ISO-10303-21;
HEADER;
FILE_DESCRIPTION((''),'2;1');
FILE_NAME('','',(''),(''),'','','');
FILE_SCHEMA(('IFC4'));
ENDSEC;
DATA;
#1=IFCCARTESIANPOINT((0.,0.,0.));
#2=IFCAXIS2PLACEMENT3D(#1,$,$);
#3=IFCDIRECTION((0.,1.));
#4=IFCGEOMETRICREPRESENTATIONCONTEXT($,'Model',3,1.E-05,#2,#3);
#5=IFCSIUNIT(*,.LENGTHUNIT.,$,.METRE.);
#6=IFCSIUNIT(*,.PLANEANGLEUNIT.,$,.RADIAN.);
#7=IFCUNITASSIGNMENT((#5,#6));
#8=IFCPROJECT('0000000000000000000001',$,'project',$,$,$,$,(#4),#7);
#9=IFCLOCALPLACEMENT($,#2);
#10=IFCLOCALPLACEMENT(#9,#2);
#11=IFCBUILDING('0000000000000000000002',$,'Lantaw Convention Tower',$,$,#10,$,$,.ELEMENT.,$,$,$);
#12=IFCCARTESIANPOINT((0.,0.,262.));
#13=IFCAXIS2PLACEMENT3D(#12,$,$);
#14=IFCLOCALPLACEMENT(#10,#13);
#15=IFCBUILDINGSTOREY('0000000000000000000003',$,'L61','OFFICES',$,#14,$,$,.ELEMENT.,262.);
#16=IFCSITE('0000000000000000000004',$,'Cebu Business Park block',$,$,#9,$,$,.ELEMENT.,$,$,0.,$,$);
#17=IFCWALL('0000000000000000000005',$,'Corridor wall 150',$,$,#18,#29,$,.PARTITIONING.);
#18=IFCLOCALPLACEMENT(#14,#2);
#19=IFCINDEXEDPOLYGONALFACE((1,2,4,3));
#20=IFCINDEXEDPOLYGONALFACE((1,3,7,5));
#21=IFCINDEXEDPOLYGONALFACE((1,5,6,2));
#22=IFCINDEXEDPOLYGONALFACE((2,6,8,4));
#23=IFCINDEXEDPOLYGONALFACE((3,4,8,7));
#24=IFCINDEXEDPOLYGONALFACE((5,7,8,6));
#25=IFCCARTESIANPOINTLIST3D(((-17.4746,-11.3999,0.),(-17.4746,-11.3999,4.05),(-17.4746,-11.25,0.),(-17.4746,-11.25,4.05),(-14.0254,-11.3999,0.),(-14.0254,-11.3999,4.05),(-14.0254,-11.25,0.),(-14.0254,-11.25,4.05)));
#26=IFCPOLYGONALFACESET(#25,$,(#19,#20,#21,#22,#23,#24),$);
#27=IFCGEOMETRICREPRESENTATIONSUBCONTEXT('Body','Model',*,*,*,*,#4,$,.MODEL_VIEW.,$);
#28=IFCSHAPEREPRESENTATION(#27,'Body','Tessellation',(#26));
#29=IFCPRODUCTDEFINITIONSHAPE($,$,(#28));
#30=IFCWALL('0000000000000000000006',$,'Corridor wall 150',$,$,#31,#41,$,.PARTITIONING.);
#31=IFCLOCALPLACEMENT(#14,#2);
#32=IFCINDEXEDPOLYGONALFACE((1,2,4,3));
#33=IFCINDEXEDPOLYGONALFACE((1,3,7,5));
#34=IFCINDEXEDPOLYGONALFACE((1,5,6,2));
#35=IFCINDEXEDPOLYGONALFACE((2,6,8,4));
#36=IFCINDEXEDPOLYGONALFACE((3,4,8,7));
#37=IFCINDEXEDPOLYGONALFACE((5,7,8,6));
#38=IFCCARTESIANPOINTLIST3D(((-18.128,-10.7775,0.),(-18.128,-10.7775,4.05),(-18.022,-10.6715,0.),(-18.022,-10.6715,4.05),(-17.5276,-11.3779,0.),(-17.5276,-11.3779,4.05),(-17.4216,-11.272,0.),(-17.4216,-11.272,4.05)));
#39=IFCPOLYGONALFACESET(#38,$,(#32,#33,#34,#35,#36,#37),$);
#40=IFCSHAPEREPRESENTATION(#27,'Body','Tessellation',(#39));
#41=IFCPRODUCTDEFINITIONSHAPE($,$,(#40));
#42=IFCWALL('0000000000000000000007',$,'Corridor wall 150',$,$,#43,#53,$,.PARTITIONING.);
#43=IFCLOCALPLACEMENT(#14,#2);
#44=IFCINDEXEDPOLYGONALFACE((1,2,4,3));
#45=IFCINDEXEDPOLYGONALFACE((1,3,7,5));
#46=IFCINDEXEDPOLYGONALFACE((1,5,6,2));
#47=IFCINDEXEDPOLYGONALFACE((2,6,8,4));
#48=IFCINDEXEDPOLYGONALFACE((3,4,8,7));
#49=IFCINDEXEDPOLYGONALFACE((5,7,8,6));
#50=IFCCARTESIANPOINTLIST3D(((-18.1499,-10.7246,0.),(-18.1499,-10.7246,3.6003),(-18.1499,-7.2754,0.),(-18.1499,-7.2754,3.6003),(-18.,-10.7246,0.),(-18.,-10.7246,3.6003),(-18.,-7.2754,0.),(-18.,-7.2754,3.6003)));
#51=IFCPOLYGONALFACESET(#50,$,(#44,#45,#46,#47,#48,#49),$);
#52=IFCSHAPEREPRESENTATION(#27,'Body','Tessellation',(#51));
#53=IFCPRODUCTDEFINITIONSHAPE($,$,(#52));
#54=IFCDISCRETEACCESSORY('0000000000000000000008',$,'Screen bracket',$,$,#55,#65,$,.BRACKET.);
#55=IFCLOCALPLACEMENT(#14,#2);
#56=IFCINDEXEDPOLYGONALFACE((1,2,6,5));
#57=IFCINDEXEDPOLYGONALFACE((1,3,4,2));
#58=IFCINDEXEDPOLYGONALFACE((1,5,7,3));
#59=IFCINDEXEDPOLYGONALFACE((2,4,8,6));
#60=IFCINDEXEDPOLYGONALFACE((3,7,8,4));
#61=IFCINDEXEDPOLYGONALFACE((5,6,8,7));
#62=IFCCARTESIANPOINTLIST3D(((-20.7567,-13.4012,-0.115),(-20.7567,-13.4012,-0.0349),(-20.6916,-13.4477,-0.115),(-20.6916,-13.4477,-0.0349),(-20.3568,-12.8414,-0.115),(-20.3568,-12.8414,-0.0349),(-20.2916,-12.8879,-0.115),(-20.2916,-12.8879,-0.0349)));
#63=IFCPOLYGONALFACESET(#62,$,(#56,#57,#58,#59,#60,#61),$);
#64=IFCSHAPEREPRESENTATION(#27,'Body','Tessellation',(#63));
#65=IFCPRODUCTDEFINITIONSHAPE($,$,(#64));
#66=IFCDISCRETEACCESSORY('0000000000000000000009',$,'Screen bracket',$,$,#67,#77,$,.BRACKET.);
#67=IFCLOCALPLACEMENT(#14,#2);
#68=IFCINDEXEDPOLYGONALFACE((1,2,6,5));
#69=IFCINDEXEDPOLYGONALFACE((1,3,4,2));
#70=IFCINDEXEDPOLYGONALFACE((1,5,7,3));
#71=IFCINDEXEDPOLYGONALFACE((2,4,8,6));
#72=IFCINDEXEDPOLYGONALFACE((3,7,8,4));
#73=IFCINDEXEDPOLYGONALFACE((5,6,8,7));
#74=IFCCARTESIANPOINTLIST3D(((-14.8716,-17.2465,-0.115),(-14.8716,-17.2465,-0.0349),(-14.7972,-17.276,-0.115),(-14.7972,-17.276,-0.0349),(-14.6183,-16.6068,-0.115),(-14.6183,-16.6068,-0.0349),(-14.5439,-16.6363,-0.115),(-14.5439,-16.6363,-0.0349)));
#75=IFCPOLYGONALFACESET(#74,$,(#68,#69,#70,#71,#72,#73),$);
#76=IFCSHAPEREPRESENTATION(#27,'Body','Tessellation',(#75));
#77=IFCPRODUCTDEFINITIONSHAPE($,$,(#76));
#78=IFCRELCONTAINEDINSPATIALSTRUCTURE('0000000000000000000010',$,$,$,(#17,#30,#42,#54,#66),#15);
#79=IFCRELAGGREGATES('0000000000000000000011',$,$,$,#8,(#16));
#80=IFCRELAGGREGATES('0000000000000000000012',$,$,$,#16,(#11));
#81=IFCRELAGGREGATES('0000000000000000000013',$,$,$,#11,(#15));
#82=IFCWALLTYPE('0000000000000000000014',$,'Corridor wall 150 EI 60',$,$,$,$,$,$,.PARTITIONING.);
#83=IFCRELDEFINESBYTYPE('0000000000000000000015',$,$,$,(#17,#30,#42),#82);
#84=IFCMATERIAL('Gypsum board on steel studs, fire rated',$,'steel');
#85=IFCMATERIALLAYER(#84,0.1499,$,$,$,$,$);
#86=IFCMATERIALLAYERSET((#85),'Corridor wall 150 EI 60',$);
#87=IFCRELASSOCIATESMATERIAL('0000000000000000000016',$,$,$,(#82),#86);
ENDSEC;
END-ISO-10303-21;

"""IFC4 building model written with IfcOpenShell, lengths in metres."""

from ifc_helpers import new_model, si_unit, direction, frame, frame_2d, origin, origin_2d, place, context, subcontext, project, spatial, rectangle, extrude, material, layer, layer_set, type_object, element, save


model = new_model("IFC4")

# Units and contexts
model_context = context("Model", 3, precision=1e-05, world=origin(), true_north=direction((0.0, 1.0)))
body_context = subcontext(model_context, "Body", "Model", "MODEL_VIEW")
ifc_project = project(units=[si_unit("LENGTHUNIT", "METRE"), si_unit("PLANEANGLEUNIT", "RADIAN")], contexts=[model_context])

# Site, building, storey
site_placement = place(None, origin())
site = spatial("IfcSite", under=ifc_project, at=site_placement, Name="Cebu Business Park block", CompositionType="ELEMENT", RefElevation=0.0)
building_placement = place(site_placement, origin())
building = spatial("IfcBuilding", under=site, at=building_placement, Name="Lantaw Convention Tower", CompositionType="ELEMENT")
storey_placement = place(building_placement, frame((0.0, 0.0, 262.0)))
storey = spatial("IfcBuildingStorey", under=building, at=storey_placement, Name="L61", Description="OFFICES", CompositionType="ELEMENT", Elevation=262.0)

# Walls
ifc_material_1 = material(Name="Gypsum board on steel studs, fire rated", Category="steel")
ifc_layer_1 = layer(ifc_material_1, 0.1499)
ifc_layer_set_1 = layer_set([ifc_layer_1], Name="Corridor wall 150 EI 60")
wall_type = type_object("IfcWallType", Name="Corridor wall 150 EI 60", PredefinedType="PARTITIONING", material=ifc_layer_set_1)
wall_1_placement = place(storey_placement, frame((-14.0254, -11.325, 0.0), z_axis=(0.0, 0.0, 1.0), x_axis=(-1.0, 0.0, 0.0)))
element("IfcWall", 1, at=wall_1_placement, inside=storey, type_object=wall_type, Name="Corridor wall 150", PredefinedType="PARTITIONING", context=body_context, shape_type="SweptSolid", body=[
    extrude(rectangle(XDim=3.4492, YDim=0.1499, at=frame_2d((1.7246, 0.0))), origin(), (0.0, 0.0, 1.0), 4.05),
])
wall_2_placement = place(storey_placement, frame((-17.4746, -11.325, 0.0), z_axis=(0.0, 0.0, 1.0), x_axis=(-0.707107, 0.707107, 0.0)))
element("IfcWall", 2, at=wall_2_placement, inside=storey, type_object=wall_type, Name="Corridor wall 150", PredefinedType="PARTITIONING", context=body_context, shape_type="SweptSolid", body=[
    extrude(rectangle(XDim=0.8491, YDim=0.1499, at=frame_2d((0.4246, 0.0))), origin(), (0.0, 0.0, 1.0), 4.05),
])
wall_3_placement = place(storey_placement, frame((-18.075, -10.7246, 0.0), z_axis=(0.0, 0.0, 1.0), x_axis=(0.0, 1.0, 0.0)))
element("IfcWall", 3, at=wall_3_placement, inside=storey, type_object=wall_type, Name="Corridor wall 150", PredefinedType="PARTITIONING", context=body_context, shape_type="SweptSolid", body=[
    extrude(rectangle(XDim=3.4492, YDim=0.1499, at=frame_2d((1.7246, 0.0))), origin(), (0.0, 0.0, 1.0), 3.6003),
])

# Discrete accessories
for number, where, z_axis, x_axis, name in (
    (4, (-20.5242, -13.1445, -0.115), (0.0, 0.0, 1.0), (0.813673, -0.581323, 0.0), "Screen bracket"),
    (5, (-14.7078, -16.9414, -0.115), (0.0, 0.0, 1.0), (0.929762, -0.368162, 0.0), "Screen bracket"),
):
    element("IfcDiscreteAccessory", number, at=place(storey_placement, frame(where, z_axis=z_axis, x_axis=x_axis)), inside=storey, Name=name, PredefinedType="BRACKET", context=body_context, shape_type="SweptSolid", body=[
        extrude(rectangle(XDim=0.0801, YDim=0.688, at=origin_2d()), origin(), (0.0, 0.0, 1.0), 0.0801),
    ])

save(model, "model.ifc")
